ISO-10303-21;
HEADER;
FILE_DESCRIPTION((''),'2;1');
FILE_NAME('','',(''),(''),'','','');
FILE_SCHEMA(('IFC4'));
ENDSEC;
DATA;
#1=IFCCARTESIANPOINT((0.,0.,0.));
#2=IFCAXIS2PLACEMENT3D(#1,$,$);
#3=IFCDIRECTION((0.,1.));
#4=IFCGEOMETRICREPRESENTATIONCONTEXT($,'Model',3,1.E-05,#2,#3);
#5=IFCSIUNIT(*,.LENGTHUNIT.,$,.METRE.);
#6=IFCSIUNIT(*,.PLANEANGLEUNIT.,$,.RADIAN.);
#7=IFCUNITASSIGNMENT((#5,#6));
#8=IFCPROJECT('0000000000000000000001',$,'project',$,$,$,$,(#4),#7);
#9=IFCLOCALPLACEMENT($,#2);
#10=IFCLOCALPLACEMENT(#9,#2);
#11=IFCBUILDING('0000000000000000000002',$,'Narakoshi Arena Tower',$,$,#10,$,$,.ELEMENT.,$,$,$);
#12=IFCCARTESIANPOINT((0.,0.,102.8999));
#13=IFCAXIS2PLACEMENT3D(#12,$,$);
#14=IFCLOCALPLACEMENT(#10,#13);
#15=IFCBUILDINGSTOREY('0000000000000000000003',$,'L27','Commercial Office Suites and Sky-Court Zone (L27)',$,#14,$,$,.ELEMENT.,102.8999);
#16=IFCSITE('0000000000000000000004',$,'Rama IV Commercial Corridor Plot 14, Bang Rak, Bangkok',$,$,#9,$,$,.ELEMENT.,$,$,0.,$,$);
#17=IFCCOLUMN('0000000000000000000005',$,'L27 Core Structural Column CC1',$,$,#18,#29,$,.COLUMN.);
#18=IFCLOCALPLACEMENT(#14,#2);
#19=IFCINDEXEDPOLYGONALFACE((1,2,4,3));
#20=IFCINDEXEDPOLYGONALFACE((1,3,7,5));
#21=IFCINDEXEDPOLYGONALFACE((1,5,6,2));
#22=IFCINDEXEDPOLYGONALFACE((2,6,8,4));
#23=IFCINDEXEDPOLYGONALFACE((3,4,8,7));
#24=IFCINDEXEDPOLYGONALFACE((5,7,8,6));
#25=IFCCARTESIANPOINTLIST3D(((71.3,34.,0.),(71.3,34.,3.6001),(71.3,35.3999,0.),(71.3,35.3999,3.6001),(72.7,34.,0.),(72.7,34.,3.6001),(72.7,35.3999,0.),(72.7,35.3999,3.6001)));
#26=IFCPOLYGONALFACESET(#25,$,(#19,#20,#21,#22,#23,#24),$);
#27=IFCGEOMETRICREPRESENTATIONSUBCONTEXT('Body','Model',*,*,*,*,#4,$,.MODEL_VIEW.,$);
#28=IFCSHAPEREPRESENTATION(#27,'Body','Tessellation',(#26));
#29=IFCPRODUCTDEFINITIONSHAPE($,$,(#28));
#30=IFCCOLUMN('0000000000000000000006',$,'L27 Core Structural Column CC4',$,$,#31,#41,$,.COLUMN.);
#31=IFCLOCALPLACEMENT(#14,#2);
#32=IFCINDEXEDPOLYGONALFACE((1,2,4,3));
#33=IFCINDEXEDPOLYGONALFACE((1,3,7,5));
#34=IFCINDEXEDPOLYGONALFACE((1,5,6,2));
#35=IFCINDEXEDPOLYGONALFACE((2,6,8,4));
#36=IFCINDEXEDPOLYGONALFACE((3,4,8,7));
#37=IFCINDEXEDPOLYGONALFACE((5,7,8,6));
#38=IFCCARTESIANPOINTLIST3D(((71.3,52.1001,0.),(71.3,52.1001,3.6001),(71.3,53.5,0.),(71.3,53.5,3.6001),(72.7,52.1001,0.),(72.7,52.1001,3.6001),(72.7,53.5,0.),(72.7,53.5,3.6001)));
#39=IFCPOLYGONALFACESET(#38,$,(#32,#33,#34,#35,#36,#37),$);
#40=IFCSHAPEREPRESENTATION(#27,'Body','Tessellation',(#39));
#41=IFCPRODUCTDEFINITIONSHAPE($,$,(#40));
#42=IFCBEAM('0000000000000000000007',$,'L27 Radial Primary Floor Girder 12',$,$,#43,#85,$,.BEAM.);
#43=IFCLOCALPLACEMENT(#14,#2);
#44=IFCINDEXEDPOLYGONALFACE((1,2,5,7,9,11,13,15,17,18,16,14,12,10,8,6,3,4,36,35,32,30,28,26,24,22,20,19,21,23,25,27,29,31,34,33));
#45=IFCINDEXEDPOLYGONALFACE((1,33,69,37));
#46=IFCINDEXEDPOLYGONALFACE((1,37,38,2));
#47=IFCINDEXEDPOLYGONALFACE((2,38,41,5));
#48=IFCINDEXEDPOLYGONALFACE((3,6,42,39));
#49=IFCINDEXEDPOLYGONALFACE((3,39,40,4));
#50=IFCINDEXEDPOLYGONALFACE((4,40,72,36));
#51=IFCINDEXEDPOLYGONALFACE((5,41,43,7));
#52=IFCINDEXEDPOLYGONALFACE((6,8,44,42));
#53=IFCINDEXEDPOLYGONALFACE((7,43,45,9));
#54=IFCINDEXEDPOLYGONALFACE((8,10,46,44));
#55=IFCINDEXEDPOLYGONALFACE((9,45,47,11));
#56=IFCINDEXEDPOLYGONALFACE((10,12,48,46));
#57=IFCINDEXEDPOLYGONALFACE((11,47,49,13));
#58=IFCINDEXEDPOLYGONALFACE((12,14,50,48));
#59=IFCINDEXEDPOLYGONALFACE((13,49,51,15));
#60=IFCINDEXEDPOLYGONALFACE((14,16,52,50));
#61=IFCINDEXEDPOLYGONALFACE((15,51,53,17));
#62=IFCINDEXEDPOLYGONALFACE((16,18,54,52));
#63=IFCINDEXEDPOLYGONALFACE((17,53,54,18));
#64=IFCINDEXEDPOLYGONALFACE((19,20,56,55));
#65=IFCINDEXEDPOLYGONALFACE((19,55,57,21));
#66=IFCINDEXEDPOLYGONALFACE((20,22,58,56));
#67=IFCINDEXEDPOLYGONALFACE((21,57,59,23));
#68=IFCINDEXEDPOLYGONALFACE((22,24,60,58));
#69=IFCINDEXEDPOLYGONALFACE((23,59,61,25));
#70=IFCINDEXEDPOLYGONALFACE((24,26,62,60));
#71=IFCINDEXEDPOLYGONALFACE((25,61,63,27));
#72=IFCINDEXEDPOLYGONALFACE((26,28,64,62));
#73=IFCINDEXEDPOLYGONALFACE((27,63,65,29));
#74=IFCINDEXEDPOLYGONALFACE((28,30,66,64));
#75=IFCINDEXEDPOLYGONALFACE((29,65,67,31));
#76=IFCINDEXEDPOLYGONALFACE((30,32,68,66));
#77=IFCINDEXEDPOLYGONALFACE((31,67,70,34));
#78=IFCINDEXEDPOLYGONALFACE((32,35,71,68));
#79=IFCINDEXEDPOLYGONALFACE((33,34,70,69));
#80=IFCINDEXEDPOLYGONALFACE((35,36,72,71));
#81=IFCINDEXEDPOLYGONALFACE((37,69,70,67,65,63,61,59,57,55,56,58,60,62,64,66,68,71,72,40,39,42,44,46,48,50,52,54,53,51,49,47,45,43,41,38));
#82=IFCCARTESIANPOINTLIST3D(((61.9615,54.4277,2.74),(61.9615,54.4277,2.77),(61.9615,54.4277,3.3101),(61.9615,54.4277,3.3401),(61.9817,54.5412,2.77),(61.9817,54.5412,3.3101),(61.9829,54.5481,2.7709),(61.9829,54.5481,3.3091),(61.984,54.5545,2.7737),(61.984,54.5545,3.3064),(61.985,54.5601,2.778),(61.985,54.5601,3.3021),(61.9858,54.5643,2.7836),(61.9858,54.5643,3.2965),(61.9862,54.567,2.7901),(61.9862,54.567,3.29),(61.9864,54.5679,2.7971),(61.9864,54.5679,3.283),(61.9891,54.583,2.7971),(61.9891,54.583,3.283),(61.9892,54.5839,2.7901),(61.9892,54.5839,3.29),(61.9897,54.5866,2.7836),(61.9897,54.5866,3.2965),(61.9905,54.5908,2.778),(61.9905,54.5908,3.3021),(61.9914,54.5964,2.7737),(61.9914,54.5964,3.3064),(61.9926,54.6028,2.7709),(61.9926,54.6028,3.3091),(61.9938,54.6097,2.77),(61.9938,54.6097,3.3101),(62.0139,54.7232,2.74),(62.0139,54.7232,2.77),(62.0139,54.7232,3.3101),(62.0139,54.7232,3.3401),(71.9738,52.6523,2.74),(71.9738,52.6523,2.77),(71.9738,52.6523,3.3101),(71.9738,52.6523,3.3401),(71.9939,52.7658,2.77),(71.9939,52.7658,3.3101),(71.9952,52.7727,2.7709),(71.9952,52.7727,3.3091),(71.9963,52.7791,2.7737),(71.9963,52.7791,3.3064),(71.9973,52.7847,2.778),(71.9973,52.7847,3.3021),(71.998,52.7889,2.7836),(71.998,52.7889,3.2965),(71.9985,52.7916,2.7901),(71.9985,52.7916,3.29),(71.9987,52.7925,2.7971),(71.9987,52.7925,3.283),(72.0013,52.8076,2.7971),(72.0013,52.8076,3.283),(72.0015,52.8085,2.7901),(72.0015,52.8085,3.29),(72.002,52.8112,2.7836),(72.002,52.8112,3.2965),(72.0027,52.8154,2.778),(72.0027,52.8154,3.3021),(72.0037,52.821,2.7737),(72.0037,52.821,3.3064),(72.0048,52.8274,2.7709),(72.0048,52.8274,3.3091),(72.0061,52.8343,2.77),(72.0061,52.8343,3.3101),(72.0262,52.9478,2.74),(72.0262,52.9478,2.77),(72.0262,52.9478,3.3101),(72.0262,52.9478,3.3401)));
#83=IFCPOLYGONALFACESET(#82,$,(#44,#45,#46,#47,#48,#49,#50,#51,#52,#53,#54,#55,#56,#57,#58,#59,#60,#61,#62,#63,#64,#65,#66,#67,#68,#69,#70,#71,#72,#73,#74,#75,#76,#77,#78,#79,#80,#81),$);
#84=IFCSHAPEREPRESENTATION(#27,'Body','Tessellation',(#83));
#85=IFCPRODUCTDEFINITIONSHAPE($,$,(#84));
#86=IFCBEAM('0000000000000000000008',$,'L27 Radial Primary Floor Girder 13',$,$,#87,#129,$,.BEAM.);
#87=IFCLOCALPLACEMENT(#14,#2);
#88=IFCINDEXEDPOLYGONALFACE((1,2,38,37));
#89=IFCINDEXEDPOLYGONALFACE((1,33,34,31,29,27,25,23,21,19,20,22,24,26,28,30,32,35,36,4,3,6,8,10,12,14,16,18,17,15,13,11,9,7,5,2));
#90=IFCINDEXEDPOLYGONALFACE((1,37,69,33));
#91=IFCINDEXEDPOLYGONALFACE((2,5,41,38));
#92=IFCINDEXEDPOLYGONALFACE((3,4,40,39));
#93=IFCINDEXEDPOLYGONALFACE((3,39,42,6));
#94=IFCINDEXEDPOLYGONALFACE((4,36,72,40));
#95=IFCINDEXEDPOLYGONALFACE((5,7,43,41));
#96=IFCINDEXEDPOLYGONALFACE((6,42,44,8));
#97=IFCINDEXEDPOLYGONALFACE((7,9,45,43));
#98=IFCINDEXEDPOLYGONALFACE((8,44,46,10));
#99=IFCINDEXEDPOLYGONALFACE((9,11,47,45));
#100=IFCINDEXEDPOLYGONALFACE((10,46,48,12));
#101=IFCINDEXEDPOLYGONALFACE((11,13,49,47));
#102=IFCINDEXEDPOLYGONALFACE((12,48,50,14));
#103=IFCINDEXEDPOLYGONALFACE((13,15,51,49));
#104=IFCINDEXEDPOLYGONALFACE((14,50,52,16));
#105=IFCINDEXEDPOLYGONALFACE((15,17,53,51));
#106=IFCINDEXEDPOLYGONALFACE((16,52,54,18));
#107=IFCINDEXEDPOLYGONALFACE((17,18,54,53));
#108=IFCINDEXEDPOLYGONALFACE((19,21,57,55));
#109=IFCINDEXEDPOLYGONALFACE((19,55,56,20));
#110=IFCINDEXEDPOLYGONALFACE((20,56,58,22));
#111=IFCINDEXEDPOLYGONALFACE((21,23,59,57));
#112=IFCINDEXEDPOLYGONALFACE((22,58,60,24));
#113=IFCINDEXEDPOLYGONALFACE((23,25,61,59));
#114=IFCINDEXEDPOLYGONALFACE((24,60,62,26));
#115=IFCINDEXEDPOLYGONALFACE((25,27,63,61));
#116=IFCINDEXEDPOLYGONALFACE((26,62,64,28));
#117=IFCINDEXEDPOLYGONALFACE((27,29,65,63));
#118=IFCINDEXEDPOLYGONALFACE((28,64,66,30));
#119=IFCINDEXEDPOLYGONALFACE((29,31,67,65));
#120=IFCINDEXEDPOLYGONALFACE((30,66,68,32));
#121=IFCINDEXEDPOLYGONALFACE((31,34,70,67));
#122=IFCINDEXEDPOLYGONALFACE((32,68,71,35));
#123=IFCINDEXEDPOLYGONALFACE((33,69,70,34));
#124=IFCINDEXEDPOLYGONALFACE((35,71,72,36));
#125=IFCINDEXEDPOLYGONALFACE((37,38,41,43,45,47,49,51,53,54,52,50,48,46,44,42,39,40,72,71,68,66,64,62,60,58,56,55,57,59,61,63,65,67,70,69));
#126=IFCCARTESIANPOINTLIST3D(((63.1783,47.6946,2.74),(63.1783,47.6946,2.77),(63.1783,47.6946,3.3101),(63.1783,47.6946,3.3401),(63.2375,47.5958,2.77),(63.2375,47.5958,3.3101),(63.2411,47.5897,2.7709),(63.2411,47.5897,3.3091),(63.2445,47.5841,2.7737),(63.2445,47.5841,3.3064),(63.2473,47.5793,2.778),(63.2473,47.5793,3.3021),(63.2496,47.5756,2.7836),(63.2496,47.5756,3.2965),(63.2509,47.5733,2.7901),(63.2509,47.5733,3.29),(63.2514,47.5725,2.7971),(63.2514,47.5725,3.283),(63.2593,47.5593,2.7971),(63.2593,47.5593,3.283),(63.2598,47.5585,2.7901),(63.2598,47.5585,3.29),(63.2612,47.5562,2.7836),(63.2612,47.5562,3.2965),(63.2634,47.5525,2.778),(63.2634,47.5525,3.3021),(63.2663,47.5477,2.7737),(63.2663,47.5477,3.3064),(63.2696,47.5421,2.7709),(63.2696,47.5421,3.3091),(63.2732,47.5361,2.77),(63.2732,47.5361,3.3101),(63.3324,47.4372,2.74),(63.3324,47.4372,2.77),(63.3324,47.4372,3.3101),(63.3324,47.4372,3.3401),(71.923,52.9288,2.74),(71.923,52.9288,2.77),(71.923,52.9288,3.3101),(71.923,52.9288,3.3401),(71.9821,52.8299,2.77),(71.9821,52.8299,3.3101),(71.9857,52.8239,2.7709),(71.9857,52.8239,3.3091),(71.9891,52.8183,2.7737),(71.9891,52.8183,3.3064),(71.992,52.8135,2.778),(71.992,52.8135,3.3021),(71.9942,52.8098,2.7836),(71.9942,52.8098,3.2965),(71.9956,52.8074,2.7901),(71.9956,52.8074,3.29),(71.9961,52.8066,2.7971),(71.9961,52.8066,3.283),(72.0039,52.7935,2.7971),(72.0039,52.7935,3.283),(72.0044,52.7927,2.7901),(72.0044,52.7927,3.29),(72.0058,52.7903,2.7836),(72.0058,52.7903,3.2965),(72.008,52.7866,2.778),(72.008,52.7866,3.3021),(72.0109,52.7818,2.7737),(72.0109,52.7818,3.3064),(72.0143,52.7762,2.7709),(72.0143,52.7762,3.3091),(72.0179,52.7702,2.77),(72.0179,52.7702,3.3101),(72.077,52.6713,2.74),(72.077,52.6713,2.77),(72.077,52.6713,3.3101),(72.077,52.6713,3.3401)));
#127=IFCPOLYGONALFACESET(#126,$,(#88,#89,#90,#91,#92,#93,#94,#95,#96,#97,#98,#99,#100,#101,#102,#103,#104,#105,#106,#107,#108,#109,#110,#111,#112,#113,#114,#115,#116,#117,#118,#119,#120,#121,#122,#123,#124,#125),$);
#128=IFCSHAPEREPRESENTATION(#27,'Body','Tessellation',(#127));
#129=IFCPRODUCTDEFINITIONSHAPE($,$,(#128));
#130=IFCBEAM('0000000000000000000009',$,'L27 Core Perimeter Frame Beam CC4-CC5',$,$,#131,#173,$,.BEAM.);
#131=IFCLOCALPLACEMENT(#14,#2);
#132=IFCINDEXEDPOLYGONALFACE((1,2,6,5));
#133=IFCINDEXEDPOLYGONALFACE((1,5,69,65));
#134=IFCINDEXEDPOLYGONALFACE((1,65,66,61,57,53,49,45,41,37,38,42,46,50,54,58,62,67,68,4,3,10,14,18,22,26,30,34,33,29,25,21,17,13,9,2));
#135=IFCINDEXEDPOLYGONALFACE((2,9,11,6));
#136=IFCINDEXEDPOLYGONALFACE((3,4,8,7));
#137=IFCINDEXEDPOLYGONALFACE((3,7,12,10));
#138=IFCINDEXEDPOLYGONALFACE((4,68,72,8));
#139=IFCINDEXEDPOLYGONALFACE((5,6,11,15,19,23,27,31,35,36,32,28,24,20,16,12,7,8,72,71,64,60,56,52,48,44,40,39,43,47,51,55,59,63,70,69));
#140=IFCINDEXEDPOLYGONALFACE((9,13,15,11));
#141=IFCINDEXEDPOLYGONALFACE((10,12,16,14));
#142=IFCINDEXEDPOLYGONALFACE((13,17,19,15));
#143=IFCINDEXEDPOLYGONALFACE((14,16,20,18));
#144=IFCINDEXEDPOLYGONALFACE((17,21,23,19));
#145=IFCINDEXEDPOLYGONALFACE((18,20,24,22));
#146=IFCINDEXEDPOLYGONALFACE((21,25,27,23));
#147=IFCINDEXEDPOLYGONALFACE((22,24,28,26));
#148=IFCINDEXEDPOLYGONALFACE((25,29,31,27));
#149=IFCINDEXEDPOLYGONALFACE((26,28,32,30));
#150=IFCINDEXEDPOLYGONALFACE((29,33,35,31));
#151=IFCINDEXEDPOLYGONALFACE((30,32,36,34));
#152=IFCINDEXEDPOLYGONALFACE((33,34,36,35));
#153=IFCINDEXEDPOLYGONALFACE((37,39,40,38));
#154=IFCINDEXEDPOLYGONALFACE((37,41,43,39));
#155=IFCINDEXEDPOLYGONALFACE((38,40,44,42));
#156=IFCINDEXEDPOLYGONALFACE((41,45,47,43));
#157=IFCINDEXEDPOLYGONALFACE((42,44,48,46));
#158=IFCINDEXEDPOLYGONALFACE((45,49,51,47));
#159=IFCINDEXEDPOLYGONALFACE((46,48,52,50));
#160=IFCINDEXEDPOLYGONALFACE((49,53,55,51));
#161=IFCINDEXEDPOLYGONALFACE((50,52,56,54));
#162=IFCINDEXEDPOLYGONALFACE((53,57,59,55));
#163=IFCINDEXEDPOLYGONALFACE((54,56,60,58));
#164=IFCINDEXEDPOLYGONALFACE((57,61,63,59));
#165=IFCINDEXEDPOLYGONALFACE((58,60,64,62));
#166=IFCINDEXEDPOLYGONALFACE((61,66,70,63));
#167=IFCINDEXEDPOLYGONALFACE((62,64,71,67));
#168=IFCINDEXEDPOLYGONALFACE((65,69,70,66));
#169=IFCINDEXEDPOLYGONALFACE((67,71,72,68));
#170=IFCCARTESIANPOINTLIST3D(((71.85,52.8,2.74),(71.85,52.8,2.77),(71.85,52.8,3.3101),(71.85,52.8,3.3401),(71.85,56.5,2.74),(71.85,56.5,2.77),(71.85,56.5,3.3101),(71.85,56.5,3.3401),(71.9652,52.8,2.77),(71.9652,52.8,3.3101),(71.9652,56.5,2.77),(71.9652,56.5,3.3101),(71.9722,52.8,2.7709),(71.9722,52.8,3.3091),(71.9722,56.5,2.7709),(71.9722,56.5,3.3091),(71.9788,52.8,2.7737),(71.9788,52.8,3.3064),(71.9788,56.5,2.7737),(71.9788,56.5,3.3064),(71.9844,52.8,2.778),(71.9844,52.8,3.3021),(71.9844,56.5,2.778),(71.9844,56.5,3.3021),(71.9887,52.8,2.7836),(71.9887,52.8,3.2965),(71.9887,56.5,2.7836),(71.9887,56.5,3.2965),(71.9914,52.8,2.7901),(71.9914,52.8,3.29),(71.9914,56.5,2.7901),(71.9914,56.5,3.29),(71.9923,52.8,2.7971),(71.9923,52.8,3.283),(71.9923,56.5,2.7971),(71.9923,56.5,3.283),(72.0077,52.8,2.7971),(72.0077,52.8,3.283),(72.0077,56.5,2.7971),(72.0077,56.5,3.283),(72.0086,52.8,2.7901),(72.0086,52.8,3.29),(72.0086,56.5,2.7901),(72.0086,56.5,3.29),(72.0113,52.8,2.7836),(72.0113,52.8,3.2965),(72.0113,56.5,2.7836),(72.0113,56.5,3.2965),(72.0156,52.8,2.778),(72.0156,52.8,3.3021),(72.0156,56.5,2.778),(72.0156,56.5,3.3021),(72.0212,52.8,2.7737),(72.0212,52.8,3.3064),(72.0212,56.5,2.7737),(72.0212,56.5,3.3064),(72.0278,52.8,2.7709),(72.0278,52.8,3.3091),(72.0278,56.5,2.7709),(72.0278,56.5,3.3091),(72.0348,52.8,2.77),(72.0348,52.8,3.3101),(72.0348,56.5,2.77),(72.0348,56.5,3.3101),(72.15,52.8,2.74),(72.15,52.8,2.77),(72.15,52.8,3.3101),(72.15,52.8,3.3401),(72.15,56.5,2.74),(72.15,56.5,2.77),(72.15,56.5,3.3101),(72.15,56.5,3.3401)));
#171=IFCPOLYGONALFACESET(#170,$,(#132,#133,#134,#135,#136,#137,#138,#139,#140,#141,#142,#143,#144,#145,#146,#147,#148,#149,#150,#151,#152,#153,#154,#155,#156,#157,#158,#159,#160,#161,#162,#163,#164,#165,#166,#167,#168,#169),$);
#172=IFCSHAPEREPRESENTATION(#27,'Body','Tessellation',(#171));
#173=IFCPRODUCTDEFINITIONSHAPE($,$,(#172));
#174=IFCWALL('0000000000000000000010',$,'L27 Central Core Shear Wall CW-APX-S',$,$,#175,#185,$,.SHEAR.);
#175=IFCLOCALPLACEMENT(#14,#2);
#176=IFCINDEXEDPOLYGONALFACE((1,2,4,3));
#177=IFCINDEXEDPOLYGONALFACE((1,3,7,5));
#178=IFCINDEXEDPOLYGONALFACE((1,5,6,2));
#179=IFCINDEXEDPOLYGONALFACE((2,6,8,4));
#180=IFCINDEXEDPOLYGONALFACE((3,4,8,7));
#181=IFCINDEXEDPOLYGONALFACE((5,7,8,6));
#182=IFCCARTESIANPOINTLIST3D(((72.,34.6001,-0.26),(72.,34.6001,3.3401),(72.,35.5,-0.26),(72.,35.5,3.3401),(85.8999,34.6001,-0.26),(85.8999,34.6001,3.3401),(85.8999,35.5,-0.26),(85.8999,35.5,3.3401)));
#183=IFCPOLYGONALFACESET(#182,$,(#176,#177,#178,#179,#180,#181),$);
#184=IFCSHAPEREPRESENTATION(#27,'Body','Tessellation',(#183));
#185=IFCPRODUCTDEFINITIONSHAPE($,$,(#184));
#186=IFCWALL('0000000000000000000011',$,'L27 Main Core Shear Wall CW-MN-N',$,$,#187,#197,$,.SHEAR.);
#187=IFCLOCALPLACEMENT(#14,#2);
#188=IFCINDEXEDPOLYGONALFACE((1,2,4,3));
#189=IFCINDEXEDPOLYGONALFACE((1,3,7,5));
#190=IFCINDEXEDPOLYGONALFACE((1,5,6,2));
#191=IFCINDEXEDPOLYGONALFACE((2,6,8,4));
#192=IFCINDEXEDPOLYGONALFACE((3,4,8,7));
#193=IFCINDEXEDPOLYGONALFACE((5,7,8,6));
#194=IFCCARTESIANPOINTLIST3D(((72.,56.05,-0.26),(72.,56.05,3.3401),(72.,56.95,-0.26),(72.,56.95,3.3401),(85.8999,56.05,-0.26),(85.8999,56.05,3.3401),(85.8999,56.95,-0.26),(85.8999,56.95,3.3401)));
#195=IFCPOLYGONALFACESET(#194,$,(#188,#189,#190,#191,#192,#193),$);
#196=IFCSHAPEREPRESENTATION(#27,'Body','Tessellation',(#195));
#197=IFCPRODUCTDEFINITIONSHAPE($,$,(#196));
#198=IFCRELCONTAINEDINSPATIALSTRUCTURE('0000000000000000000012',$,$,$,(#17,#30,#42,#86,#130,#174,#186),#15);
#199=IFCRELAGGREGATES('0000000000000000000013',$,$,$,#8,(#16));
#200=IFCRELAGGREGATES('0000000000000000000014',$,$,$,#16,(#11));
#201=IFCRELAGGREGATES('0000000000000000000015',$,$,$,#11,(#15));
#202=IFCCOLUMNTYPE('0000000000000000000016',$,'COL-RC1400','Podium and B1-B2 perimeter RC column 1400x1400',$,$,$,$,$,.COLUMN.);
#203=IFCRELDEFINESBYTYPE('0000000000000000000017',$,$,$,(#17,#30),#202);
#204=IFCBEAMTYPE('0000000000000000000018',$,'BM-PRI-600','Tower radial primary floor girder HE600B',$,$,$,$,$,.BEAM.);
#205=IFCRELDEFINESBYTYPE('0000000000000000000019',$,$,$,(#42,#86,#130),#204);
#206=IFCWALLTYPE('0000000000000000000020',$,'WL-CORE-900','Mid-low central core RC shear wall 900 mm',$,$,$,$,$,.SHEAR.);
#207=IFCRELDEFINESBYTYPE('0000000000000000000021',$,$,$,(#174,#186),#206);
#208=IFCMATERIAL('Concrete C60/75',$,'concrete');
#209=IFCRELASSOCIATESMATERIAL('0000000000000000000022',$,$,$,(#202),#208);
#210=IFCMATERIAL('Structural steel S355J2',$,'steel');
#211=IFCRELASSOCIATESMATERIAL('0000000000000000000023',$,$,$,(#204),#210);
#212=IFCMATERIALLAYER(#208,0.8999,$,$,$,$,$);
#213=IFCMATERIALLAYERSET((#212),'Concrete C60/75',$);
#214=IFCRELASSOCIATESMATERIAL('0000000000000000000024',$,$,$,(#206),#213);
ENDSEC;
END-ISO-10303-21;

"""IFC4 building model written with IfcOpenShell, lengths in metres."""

from ifc_helpers import new_model, si_unit, direction, frame, frame_2d, origin, origin_2d, place, context, subcontext, project, spatial, rectangle, i_section, extrude, material, layer, layer_set, material_profile, profile_set, type_object, element, save


model = new_model("IFC4")

# Units and contexts
model_context = context("Model", 3, precision=1e-05, world=origin(), true_north=direction((0.0, 1.0)))
body_context = subcontext(model_context, "Body", "Model", "MODEL_VIEW")
ifc_project = project(units=[si_unit("LENGTHUNIT", "METRE"), si_unit("PLANEANGLEUNIT", "RADIAN")], contexts=[model_context])

# Site, building, storey
site_placement = place(None, origin())
site = spatial("IfcSite", under=ifc_project, at=site_placement, Name="Rama IV Commercial Corridor Plot 14, Bang Rak, Bangkok", CompositionType="ELEMENT", RefElevation=0.0)
building_placement = place(site_placement, origin())
building = spatial("IfcBuilding", under=site, at=building_placement, Name="Narakoshi Arena Tower", CompositionType="ELEMENT")
storey_placement = place(building_placement, frame((0.0, 0.0, 102.8999)))
storey = spatial("IfcBuildingStorey", under=building, at=storey_placement, Name="L27", Description="Commercial Office Suites and Sky-Court Zone (L27)", CompositionType="ELEMENT", Elevation=102.8999)

# Columns
ifc_material_1 = material(Name="Concrete C60/75", Category="concrete")
ifc_material_profile_1 = material_profile(ifc_material_1, rectangle(XDim=1.3999, YDim=1.3999, at=origin_2d()), Name="RC1400x1400")
ifc_profile_set_1 = profile_set([ifc_material_profile_1], Name="Concrete C60/75")
column_type = type_object("IfcColumnType", Name="COL-RC1400", Description="Podium and B1-B2 perimeter RC column 1400x1400", PredefinedType="COLUMN", material=ifc_profile_set_1)
for number, where, z_axis, x_axis, name in (
    (1, (72.0, 34.7, 0.0), (0.0, 0.0, 1.0), (1.0, 0.0, 0.0), "L27 Core Structural Column CC1"),
    (2, (72.0, 52.8, 0.0), (0.0, 0.0, 1.0), (1.0, 0.0, 0.0), "L27 Core Structural Column CC4"),
):
    element("IfcColumn", number, at=place(storey_placement, frame(where, z_axis=z_axis, x_axis=x_axis)), inside=storey, type_object=column_type, Name=name, PredefinedType="COLUMN", context=body_context, shape_type="SweptSolid", body=[
        extrude(rectangle(XDim=1.3999, YDim=1.3999, at=origin_2d()), origin(), (0.0, 0.0, 1.0), 3.6001),
    ])

# Beams
ifc_material_2 = material(Name="Structural steel S355J2", Category="steel")
ifc_material_profile_2 = material_profile(ifc_material_2, i_section(OverallWidth=0.3, OverallDepth=0.6001, WebThickness=0.0154, FlangeThickness=0.03, FilletRadius=0.0271, at=origin_2d()), Name="HE600B")
ifc_profile_set_2 = profile_set([ifc_material_profile_2], Name="Structural steel S355J2")
beam_type = type_object("IfcBeamType", Name="BM-PRI-600", Description="Tower radial primary floor girder HE600B", PredefinedType="BEAM", material=ifc_profile_set_2)
beam_1_placement = place(storey_placement, frame((72.0, 52.8, 3.04), z_axis=(-0.98464, 0.174599, 0.0), x_axis=(-0.174599, -0.98464, 0.0)))
element("IfcBeam", 3, at=beam_1_placement, inside=storey, type_object=beam_type, Name="L27 Radial Primary Floor Girder 12", PredefinedType="BEAM", context=body_context, shape_type="SweptSolid", body=[
    extrude(i_section(OverallWidth=0.3, OverallDepth=0.6001, WebThickness=0.0154, FlangeThickness=0.03, FilletRadius=0.0271, at=origin_2d()), origin(), (0.0, 0.0, 1.0), 10.1685),
])
beam_2_placement = place(storey_placement, frame((72.0, 52.8, 3.04), z_axis=(-0.85804, -0.513583, 0.0), x_axis=(0.513583, -0.85804, 0.0)))
element("IfcBeam", 4, at=beam_2_placement, inside=storey, type_object=beam_type, Name="L27 Radial Primary Floor Girder 13", PredefinedType="BEAM", context=body_context, shape_type="SweptSolid", body=[
    extrude(i_section(OverallWidth=0.3, OverallDepth=0.6001, WebThickness=0.0154, FlangeThickness=0.03, FilletRadius=0.0271, at=origin_2d()), origin(), (0.0, 0.0, 1.0), 10.1914),
])
beam_3_placement = place(storey_placement, frame((72.0, 52.8, 3.04), z_axis=(0.0, 1.0, 0.0), x_axis=(-1.0, 0.0, 0.0)))
element("IfcBeam", 5, at=beam_3_placement, inside=storey, type_object=beam_type, Name="L27 Core Perimeter Frame Beam CC4-CC5", PredefinedType="BEAM", context=body_context, shape_type="SweptSolid", body=[
    extrude(i_section(OverallWidth=0.3, OverallDepth=0.6001, WebThickness=0.0154, FlangeThickness=0.03, FilletRadius=0.0271, at=origin_2d()), origin(), (0.0, 0.0, 1.0), 3.7),
])

# Walls
ifc_layer_1 = layer(ifc_material_1, 0.8999)
ifc_layer_set_1 = layer_set([ifc_layer_1], Name="Concrete C60/75")
wall_type_1 = type_object("IfcWallType", Name="WL-CORE-900", Description="Mid-low central core RC shear wall 900 mm", PredefinedType="SHEAR", material=ifc_layer_set_1)
for number, where, z_axis, x_axis, name in (
    (6, (72.0, 35.05, -0.26), (0.0, 0.0, 1.0), (1.0, 0.0, 0.0), "L27 Central Core Shear Wall CW-APX-S"),
    (7, (72.0, 56.5, -0.26), (0.0, 0.0, 1.0), (1.0, 0.0, 0.0), "L27 Main Core Shear Wall CW-MN-N"),
):
    element("IfcWall", number, at=place(storey_placement, frame(where, z_axis=z_axis, x_axis=x_axis)), inside=storey, type_object=wall_type_1, Name=name, PredefinedType="SHEAR", context=body_context, shape_type="SweptSolid", body=[
        extrude(rectangle(XDim=13.8999, YDim=0.8999, at=frame_2d((6.95, 0.0))), origin(), (0.0, 0.0, 1.0), 3.6001),
    ])

save(model, "model.ifc")
